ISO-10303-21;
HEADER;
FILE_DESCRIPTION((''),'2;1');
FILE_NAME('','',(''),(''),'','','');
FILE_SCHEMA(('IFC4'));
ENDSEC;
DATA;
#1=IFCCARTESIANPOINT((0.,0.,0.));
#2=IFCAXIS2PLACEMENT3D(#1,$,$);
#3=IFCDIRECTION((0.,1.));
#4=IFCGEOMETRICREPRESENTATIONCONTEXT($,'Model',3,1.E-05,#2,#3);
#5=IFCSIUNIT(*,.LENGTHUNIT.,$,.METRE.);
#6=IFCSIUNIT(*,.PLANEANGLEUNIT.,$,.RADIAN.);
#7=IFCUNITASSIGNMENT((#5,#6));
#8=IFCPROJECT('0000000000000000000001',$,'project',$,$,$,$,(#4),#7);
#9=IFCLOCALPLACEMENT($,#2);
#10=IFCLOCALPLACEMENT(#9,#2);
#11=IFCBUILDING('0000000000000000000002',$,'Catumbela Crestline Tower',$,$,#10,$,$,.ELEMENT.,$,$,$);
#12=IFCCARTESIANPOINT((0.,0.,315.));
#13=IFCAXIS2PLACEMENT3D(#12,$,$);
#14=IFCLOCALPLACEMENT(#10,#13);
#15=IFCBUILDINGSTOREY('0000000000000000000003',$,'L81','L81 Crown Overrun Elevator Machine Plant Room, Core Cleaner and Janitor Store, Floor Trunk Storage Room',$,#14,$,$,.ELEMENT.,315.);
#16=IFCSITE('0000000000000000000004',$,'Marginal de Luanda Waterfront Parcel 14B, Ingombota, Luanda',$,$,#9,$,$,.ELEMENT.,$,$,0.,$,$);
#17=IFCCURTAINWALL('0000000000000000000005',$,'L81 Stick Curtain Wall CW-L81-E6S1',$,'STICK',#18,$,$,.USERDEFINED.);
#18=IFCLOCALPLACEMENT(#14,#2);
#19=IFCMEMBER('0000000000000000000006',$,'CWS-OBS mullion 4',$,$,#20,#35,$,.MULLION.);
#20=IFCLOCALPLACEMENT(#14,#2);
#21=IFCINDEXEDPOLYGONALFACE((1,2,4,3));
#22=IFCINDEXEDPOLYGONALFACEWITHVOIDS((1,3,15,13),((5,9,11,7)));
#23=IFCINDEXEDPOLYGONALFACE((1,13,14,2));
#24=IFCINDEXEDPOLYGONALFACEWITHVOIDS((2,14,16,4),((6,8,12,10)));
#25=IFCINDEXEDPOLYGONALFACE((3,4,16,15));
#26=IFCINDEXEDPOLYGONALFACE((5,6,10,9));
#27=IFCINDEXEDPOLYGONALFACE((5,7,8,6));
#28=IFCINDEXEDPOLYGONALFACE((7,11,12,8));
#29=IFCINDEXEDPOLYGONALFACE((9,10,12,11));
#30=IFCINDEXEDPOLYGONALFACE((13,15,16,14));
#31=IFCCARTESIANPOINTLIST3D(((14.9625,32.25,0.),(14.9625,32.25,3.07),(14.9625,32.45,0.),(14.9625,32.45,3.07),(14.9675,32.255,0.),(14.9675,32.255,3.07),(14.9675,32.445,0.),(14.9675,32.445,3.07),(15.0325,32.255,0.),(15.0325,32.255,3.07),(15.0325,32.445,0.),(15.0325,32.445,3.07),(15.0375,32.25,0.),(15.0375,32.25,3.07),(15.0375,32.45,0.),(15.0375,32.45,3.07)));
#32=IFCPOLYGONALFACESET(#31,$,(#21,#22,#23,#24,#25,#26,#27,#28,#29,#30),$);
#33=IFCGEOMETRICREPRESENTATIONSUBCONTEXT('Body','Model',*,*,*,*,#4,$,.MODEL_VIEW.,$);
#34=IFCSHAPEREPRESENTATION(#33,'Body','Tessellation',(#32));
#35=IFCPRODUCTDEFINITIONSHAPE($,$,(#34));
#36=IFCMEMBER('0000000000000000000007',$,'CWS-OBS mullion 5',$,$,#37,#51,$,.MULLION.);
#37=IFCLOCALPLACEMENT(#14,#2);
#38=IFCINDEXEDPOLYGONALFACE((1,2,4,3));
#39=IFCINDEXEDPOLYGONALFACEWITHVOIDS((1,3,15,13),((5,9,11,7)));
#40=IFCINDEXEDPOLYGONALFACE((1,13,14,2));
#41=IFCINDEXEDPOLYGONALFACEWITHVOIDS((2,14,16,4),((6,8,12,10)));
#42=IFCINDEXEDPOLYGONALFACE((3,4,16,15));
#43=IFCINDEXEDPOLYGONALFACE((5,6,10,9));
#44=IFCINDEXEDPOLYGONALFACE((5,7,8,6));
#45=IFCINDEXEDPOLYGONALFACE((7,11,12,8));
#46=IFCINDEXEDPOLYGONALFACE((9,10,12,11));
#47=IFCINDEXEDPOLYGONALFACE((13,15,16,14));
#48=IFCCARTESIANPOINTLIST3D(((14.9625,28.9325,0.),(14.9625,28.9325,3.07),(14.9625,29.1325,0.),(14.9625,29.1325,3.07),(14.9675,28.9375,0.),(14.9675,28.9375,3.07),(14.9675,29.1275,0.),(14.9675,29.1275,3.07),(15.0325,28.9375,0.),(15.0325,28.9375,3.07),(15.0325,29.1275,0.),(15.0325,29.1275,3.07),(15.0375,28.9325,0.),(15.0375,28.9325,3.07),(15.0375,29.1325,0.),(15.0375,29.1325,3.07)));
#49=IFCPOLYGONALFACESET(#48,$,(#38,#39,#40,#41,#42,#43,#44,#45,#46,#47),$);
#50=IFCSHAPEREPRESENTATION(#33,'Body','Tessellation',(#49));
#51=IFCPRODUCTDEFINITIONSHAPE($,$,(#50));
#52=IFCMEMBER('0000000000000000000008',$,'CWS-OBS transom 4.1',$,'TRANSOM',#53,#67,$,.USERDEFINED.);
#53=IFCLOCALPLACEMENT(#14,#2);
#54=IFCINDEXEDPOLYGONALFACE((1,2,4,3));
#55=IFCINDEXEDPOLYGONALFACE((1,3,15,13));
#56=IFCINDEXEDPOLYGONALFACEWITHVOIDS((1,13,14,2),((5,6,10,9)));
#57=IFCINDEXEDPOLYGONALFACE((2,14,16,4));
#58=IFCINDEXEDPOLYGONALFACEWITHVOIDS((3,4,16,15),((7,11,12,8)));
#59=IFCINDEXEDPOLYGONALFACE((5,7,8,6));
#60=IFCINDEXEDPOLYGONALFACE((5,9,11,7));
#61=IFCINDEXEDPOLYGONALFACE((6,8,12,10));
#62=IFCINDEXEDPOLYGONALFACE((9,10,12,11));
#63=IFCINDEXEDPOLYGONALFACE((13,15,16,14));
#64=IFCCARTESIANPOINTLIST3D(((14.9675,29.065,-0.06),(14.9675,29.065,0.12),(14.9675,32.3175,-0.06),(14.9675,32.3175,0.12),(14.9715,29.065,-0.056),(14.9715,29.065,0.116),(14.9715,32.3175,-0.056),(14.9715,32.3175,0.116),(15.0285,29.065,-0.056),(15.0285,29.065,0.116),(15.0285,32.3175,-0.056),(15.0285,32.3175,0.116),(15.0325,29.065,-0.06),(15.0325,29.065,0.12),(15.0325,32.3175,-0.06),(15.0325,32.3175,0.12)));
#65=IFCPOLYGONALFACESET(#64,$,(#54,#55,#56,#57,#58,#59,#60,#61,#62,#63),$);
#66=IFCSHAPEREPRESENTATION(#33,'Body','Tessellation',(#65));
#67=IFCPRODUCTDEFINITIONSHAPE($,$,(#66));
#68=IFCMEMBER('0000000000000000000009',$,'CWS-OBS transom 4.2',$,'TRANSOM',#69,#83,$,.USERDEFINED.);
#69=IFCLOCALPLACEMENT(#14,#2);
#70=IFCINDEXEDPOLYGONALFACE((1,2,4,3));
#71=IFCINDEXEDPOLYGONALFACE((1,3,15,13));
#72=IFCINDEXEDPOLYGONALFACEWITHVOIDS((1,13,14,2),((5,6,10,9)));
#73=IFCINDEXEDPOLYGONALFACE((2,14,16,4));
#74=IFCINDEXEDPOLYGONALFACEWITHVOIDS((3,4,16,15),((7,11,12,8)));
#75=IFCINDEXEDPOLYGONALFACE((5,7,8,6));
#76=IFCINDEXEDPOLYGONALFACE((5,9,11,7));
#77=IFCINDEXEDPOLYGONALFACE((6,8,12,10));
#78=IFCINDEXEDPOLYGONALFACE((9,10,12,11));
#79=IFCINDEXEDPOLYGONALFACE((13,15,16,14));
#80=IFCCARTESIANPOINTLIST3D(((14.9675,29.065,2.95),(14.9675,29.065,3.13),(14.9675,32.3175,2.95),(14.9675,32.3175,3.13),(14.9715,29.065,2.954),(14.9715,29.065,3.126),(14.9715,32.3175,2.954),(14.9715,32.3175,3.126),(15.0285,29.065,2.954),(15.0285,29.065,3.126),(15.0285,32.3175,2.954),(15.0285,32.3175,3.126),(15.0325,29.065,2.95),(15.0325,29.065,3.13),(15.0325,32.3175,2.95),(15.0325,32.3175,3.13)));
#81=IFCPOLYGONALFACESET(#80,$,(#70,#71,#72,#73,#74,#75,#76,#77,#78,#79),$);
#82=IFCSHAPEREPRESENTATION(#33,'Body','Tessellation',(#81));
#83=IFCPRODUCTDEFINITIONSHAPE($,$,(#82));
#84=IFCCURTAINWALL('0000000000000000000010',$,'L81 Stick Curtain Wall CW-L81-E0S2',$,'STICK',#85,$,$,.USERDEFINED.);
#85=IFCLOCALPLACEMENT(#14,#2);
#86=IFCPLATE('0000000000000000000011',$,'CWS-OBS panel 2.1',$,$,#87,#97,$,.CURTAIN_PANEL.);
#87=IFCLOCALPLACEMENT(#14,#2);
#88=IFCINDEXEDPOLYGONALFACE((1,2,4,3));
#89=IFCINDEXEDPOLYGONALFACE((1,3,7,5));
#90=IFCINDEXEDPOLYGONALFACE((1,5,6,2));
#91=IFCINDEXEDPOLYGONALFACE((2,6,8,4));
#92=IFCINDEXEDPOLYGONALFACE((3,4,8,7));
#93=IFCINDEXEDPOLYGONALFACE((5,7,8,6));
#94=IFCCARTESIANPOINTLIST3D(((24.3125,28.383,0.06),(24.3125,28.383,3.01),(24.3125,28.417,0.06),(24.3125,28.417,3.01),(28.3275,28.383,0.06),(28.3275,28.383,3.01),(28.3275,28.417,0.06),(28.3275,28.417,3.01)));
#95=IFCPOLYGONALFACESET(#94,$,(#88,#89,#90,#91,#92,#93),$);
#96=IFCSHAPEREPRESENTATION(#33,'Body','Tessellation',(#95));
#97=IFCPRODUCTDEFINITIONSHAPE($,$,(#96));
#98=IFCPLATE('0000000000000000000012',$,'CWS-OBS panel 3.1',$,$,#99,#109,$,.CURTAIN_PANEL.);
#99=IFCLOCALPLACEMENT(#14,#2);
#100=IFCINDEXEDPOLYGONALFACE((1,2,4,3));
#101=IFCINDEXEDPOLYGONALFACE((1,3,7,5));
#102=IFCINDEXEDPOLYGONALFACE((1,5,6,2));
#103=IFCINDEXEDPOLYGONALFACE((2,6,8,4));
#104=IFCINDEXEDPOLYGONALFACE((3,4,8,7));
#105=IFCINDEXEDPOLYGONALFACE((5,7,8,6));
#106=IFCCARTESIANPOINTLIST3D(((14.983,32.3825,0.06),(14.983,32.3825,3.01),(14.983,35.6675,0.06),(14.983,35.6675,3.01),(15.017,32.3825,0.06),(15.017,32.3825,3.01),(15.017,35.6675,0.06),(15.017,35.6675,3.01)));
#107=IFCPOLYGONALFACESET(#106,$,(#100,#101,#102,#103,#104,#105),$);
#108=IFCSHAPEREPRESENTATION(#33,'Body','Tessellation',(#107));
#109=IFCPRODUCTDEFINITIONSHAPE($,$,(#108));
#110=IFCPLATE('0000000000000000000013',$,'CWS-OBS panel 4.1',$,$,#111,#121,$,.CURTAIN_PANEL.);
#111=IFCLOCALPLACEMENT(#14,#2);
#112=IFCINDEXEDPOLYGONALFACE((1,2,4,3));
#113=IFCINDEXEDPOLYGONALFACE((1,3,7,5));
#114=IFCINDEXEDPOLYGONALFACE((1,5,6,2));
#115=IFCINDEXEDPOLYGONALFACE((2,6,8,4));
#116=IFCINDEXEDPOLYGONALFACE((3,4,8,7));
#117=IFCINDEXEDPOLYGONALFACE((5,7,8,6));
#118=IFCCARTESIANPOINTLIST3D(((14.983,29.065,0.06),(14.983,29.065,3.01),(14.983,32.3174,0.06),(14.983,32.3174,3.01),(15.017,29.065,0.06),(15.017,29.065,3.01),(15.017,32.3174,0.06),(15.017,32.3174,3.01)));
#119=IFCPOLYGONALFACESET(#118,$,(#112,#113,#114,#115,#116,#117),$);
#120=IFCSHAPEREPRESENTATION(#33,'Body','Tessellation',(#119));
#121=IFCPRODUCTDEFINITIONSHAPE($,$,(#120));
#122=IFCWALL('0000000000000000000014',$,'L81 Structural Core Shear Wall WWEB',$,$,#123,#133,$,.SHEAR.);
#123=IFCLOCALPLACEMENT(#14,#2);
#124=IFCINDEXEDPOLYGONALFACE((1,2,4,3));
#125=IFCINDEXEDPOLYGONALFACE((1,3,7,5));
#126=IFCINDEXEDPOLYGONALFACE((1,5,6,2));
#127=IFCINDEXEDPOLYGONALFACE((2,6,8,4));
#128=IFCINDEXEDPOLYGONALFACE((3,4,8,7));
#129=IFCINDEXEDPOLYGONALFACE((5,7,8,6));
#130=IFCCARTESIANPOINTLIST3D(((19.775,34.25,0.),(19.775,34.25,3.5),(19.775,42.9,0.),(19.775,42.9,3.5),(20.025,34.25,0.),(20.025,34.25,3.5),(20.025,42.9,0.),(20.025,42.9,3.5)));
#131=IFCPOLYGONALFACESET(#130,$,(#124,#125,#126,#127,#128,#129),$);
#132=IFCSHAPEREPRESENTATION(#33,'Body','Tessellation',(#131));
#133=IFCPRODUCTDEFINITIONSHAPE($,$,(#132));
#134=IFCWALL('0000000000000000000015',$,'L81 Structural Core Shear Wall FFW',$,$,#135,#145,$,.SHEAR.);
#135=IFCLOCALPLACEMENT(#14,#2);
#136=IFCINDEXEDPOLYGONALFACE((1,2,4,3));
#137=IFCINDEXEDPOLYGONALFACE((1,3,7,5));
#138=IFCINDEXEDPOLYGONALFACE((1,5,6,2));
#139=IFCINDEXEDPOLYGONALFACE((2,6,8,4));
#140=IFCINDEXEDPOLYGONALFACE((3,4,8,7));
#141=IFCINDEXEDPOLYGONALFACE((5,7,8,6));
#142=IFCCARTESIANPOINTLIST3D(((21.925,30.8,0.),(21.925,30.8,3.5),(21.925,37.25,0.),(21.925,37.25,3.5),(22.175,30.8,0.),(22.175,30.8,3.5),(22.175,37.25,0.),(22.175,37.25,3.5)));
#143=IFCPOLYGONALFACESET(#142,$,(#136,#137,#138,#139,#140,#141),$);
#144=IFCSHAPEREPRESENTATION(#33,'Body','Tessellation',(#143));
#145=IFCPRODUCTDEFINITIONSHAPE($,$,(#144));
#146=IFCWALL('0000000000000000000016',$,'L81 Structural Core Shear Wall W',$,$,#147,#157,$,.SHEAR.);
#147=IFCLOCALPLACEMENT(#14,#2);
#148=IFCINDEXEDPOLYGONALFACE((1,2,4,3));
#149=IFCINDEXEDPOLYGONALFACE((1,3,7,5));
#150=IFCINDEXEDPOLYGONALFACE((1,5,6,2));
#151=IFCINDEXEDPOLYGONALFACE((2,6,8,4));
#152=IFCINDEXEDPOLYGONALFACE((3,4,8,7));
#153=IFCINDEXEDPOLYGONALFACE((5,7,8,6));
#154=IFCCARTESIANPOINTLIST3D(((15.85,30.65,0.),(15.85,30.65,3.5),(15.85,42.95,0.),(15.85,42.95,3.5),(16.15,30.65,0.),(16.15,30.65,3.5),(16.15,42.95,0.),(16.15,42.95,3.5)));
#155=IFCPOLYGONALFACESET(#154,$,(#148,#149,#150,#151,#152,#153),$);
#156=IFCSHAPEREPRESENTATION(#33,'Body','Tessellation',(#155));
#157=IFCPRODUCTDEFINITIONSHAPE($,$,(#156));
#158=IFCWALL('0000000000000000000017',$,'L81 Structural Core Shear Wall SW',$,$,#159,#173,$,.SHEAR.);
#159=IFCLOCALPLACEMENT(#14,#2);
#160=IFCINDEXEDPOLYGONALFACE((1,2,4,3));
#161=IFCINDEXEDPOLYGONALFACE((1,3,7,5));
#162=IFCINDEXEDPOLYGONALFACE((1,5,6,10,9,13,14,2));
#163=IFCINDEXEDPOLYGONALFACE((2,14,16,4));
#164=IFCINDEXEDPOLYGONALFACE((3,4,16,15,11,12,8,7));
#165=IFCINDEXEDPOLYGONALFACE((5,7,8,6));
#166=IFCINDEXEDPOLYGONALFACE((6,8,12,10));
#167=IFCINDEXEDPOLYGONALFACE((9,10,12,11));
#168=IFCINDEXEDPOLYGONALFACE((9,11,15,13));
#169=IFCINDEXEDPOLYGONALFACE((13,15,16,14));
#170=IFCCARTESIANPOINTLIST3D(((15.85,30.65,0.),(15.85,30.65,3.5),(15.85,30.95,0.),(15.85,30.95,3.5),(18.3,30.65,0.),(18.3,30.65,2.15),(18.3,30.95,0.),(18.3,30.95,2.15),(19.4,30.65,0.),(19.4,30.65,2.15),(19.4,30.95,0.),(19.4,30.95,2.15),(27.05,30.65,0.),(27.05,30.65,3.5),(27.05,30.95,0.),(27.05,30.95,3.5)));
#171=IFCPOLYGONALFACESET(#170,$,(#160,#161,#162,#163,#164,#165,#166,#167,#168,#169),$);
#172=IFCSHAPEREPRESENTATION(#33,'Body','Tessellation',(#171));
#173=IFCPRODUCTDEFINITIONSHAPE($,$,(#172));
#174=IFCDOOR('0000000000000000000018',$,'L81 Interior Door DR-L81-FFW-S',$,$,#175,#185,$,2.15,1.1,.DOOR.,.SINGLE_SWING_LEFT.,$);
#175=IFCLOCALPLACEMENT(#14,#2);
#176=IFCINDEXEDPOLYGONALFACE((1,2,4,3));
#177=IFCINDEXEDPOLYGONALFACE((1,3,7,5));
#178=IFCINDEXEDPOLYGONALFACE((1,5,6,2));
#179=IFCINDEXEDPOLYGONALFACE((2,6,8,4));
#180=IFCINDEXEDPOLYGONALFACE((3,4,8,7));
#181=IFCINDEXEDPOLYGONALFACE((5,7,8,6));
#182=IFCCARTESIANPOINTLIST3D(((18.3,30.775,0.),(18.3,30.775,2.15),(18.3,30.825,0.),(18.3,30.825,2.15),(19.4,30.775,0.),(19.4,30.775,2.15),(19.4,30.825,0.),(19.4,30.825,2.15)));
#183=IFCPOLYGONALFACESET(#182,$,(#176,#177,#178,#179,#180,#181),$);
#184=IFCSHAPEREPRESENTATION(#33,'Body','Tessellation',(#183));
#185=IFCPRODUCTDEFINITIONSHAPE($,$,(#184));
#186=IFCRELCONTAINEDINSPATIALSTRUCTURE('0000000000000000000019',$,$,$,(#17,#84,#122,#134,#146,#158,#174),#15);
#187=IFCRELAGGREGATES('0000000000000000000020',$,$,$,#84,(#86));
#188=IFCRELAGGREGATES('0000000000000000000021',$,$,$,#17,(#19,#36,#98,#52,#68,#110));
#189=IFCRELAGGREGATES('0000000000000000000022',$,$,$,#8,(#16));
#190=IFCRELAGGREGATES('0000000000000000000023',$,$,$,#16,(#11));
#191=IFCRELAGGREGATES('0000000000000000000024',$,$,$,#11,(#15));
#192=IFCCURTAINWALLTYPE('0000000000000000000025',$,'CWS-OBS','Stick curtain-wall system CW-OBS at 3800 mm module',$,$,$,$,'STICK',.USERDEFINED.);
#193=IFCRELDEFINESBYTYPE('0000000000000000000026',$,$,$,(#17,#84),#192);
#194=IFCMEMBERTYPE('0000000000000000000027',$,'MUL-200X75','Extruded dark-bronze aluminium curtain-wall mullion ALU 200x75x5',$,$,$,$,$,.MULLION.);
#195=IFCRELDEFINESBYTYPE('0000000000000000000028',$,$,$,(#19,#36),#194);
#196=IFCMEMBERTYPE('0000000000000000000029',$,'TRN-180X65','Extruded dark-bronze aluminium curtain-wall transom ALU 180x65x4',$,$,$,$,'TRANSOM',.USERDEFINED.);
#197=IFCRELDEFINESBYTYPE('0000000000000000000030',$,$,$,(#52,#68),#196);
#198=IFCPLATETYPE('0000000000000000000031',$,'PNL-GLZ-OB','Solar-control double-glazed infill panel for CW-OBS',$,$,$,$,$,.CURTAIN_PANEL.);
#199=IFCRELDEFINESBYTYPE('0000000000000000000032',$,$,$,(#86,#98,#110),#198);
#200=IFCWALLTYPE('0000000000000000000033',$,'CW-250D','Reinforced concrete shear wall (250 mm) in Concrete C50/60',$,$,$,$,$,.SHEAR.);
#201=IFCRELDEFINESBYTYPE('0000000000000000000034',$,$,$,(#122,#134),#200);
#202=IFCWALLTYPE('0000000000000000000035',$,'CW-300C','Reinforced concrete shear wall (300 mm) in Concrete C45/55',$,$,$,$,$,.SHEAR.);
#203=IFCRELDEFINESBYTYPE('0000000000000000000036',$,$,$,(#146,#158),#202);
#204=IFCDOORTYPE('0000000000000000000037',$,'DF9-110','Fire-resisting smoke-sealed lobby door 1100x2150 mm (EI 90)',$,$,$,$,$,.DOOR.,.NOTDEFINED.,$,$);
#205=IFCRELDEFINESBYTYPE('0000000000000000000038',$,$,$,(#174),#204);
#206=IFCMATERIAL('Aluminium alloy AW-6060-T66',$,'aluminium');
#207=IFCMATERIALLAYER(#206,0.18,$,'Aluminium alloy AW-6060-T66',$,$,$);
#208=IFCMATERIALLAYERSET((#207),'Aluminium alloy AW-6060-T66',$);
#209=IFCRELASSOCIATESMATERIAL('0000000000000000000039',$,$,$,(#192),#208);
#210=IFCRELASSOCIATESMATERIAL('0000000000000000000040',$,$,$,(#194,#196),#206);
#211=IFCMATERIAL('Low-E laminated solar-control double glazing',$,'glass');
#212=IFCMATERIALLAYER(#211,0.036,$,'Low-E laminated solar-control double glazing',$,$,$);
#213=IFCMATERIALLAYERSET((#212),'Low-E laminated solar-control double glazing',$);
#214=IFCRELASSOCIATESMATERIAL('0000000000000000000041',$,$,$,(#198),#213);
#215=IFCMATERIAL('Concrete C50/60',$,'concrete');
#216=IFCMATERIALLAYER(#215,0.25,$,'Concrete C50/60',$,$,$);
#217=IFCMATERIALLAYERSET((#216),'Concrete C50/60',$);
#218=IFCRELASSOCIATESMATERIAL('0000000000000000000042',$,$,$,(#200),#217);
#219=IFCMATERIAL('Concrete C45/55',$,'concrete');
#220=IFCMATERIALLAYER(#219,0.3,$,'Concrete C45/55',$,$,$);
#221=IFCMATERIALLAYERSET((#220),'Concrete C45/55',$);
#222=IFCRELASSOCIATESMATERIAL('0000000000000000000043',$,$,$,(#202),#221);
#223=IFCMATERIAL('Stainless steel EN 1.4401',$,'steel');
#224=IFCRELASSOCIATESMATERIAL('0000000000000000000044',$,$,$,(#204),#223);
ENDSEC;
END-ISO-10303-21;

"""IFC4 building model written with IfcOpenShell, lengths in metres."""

from ifc_helpers import new_model, si_unit, direction, frame, frame_2d, origin, origin_2d, place, context, subcontext, project, spatial, rectangle, hollow_rectangle, extrude, material, layer, layer_set, material_profile, profile_set, type_object, element, fill, aggregate, save


model = new_model("IFC4")

# Units and contexts
model_context = context("Model", 3, precision=1e-05, world=origin(), true_north=direction((0.0, 1.0)))
body_context = subcontext(model_context, "Body", "Model", "MODEL_VIEW")
ifc_project = project(units=[si_unit("LENGTHUNIT", "METRE"), si_unit("PLANEANGLEUNIT", "RADIAN")], contexts=[model_context])

# Site, building, storey
site_placement = place(None, origin())
site = spatial("IfcSite", under=ifc_project, at=site_placement, Name="Marginal de Luanda Waterfront Parcel 14B, Ingombota, Luanda", CompositionType="ELEMENT", RefElevation=0.0)
building_placement = place(site_placement, origin())
building = spatial("IfcBuilding", under=site, at=building_placement, Name="Catumbela Crestline Tower", CompositionType="ELEMENT")
storey_placement = place(building_placement, frame((0.0, 0.0, 315.0)))
storey = spatial("IfcBuildingStorey", under=building, at=storey_placement, Name="L81", Description="L81 Crown Overrun Elevator Machine Plant Room, Core Cleaner and Janitor Store, Floor Trunk Storage Room", CompositionType="ELEMENT", Elevation=315.0)

# Curtain wall, members
ifc_material_1 = material(Name="Aluminium alloy AW-6060-T66", Category="aluminium")
ifc_layer_1 = layer(ifc_material_1, 0.18, Name="Aluminium alloy AW-6060-T66")
ifc_layer_set_1 = layer_set([ifc_layer_1], Name="Aluminium alloy AW-6060-T66")
curtain_wall_type = type_object("IfcCurtainWallType", Name="CWS-OBS", Description="Stick curtain-wall system CW-OBS at 3800 mm module", ElementType="STICK", PredefinedType="USERDEFINED", material=ifc_layer_set_1)
curtain_wall_1_placement = place(storey_placement, origin())
curtain_wall_1 = element("IfcCurtainWall", 1, at=curtain_wall_1_placement, inside=storey, type_object=curtain_wall_type, Name="L81 Stick Curtain Wall CW-L81-E6S1", ObjectType="STICK", PredefinedType="USERDEFINED")
ifc_material_profile_1 = material_profile(ifc_material_1, hollow_rectangle(XDim=0.075, YDim=0.2, WallThickness=0.005, at=origin_2d()), Name="ALU 200x75x5")
ifc_profile_set_1 = profile_set([ifc_material_profile_1], Name="Aluminium alloy AW-6060-T66")
member_type_1 = type_object("IfcMemberType", Name="MUL-200X75", Description="Extruded dark-bronze aluminium curtain-wall mullion ALU 200x75x5", PredefinedType="MULLION", material=ifc_profile_set_1)
member_1_placement = place(storey_placement, frame((15.0, 32.35, 0.0), z_axis=(0.0, 0.0, 1.0), x_axis=(1.0, 0.0, 0.0)))
member_1 = element("IfcMember", 2, at=member_1_placement, type_object=member_type_1, Name="CWS-OBS mullion 4", PredefinedType="MULLION", context=body_context, shape_type="SweptSolid", body=[
    extrude(hollow_rectangle(XDim=0.075, YDim=0.2, WallThickness=0.005, at=origin_2d()), origin(), (0.0, 0.0, 1.0), 3.07),
])
member_2_placement = place(storey_placement, frame((15.0, 29.0325, 0.0), z_axis=(0.0, 0.0, 1.0), x_axis=(1.0, 0.0, 0.0)))
member_2 = element("IfcMember", 3, at=member_2_placement, type_object=member_type_1, Name="CWS-OBS mullion 5", PredefinedType="MULLION", context=body_context, shape_type="SweptSolid", body=[
    extrude(hollow_rectangle(XDim=0.075, YDim=0.2, WallThickness=0.005, at=origin_2d()), origin(), (0.0, 0.0, 1.0), 3.07),
])
ifc_material_profile_2 = material_profile(ifc_material_1, hollow_rectangle(XDim=0.065, YDim=0.18, WallThickness=0.004, at=origin_2d()), Name="ALU 180x65x4")
ifc_profile_set_2 = profile_set([ifc_material_profile_2], Name="Aluminium alloy AW-6060-T66")
member_type_2 = type_object("IfcMemberType", Name="TRN-180X65", Description="Extruded dark-bronze aluminium curtain-wall transom ALU 180x65x4", ElementType="TRANSOM", PredefinedType="USERDEFINED", material=ifc_profile_set_2)
member_3_placement = place(storey_placement, frame((15.0, 32.3175, 0.03), z_axis=(0.0, -1.0, 0.0), x_axis=(1.0, 0.0, 0.0)))
member_3 = element("IfcMember", 4, at=member_3_placement, type_object=member_type_2, Name="CWS-OBS transom 4.1", ObjectType="TRANSOM", PredefinedType="USERDEFINED", context=body_context, shape_type="SweptSolid", body=[
    extrude(hollow_rectangle(XDim=0.065, YDim=0.18, WallThickness=0.004, at=origin_2d()), origin(), (0.0, 0.0, 1.0), 3.2525),
])
member_4_placement = place(storey_placement, frame((15.0, 32.3175, 3.04), z_axis=(0.0, -1.0, 0.0), x_axis=(1.0, 0.0, 0.0)))
member_4 = element("IfcMember", 5, at=member_4_placement, type_object=member_type_2, Name="CWS-OBS transom 4.2", ObjectType="TRANSOM", PredefinedType="USERDEFINED", context=body_context, shape_type="SweptSolid", body=[
    extrude(hollow_rectangle(XDim=0.065, YDim=0.18, WallThickness=0.004, at=origin_2d()), origin(), (0.0, 0.0, 1.0), 3.2525),
])

# Curtain wall, plate
curtain_wall_2_placement = place(storey_placement, origin())
curtain_wall_2 = element("IfcCurtainWall", 6, at=curtain_wall_2_placement, inside=storey, type_object=curtain_wall_type, Name="L81 Stick Curtain Wall CW-L81-E0S2", ObjectType="STICK", PredefinedType="USERDEFINED")
ifc_material_2 = material(Name="Low-E laminated solar-control double glazing", Category="glass")
ifc_layer_2 = layer(ifc_material_2, 0.036, Name="Low-E laminated solar-control double glazing")
ifc_layer_set_2 = layer_set([ifc_layer_2], Name="Low-E laminated solar-control double glazing")
plate_type = type_object("IfcPlateType", Name="PNL-GLZ-OB", Description="Solar-control double-glazed infill panel for CW-OBS", PredefinedType="CURTAIN_PANEL", material=ifc_layer_set_2)
plate_1_placement = place(storey_placement, frame((26.32, 28.4, 0.06), z_axis=(0.0, 0.0, 1.0), x_axis=(1.0, 0.0, 0.0)))
plate_1 = element("IfcPlate", 7, at=plate_1_placement, type_object=plate_type, Name="CWS-OBS panel 2.1", PredefinedType="CURTAIN_PANEL", context=body_context, shape_type="SweptSolid", body=[
    extrude(rectangle(XDim=4.015, YDim=0.034, at=origin_2d()), origin(), (0.0, 0.0, 1.0), 2.95),
])
aggregate(curtain_wall_2, [plate_1])

# Plates
plate_2_placement = place(storey_placement, frame((15.0, 34.025, 0.06), z_axis=(0.0, 0.0, 1.0), x_axis=(0.0, -1.0, 0.0)))
plate_2 = element("IfcPlate", 8, at=plate_2_placement, type_object=plate_type, Name="CWS-OBS panel 3.1", PredefinedType="CURTAIN_PANEL", context=body_context, shape_type="SweptSolid", body=[
    extrude(rectangle(XDim=3.285, YDim=0.034, at=origin_2d()), origin(), (0.0, 0.0, 1.0), 2.95),
])
plate_3_placement = place(storey_placement, frame((15.0, 30.6912, 0.06), z_axis=(0.0, 0.0, 1.0), x_axis=(0.0, -1.0, 0.0)))
plate_3 = element("IfcPlate", 9, at=plate_3_placement, type_object=plate_type, Name="CWS-OBS panel 4.1", PredefinedType="CURTAIN_PANEL", context=body_context, shape_type="SweptSolid", body=[
    extrude(rectangle(XDim=3.2525, YDim=0.034, at=origin_2d()), origin(), (0.0, 0.0, 1.0), 2.95),
])
aggregate(curtain_wall_1, [member_1, member_2, plate_2, member_3, member_4, plate_3])

# Walls
ifc_material_3 = material(Name="Concrete C50/60", Category="concrete")
ifc_layer_3 = layer(ifc_material_3, 0.25, Name="Concrete C50/60")
ifc_layer_set_3 = layer_set([ifc_layer_3], Name="Concrete C50/60")
wall_type_1 = type_object("IfcWallType", Name="CW-250D", Description="Reinforced concrete shear wall (250 mm) in Concrete C50/60", PredefinedType="SHEAR", material=ifc_layer_set_3)
wall_1_placement = place(storey_placement, frame((19.9, 34.25, 0.0), z_axis=(0.0, 0.0, 1.0), x_axis=(0.0, 1.0, 0.0)))
element("IfcWall", 10, at=wall_1_placement, inside=storey, type_object=wall_type_1, Name="L81 Structural Core Shear Wall WWEB", PredefinedType="SHEAR", context=body_context, shape_type="SweptSolid", body=[
    extrude(rectangle(XDim=8.65, YDim=0.25, at=frame_2d((4.325, 0.0))), origin(), (0.0, 0.0, 1.0), 3.5),
])
wall_2_placement = place(storey_placement, frame((22.05, 30.8, 0.0), z_axis=(0.0, 0.0, 1.0), x_axis=(0.0, 1.0, 0.0)))
element("IfcWall", 11, at=wall_2_placement, inside=storey, type_object=wall_type_1, Name="L81 Structural Core Shear Wall FFW", PredefinedType="SHEAR", context=body_context, shape_type="SweptSolid", body=[
    extrude(rectangle(XDim=6.45, YDim=0.25, at=frame_2d((3.225, 0.0))), origin(), (0.0, 0.0, 1.0), 3.5),
])
ifc_material_4 = material(Name="Concrete C45/55", Category="concrete")
ifc_layer_4 = layer(ifc_material_4, 0.3, Name="Concrete C45/55")
ifc_layer_set_4 = layer_set([ifc_layer_4], Name="Concrete C45/55")
wall_type_2 = type_object("IfcWallType", Name="CW-300C", Description="Reinforced concrete shear wall (300 mm) in Concrete C45/55", PredefinedType="SHEAR", material=ifc_layer_set_4)
wall_3_placement = place(storey_placement, frame((16.0, 30.65, 0.0), z_axis=(0.0, 0.0, 1.0), x_axis=(0.0, 1.0, 0.0)))
element("IfcWall", 12, at=wall_3_placement, inside=storey, type_object=wall_type_2, Name="L81 Structural Core Shear Wall W", PredefinedType="SHEAR", context=body_context, shape_type="SweptSolid", body=[
    extrude(rectangle(XDim=12.3, YDim=0.3, at=frame_2d((6.15, 0.0))), origin(), (0.0, 0.0, 1.0), 3.5),
])

# Wall, opening, door
wall_4_placement = place(storey_placement, frame((15.85, 30.8, 0.0), z_axis=(0.0, 0.0, 1.0), x_axis=(1.0, 0.0, 0.0)))
wall_4 = element("IfcWall", 13, at=wall_4_placement, inside=storey, type_object=wall_type_2, Name="L81 Structural Core Shear Wall SW", PredefinedType="SHEAR", context=body_context, shape_type="SweptSolid", body=[
    extrude(rectangle(XDim=11.2, YDim=0.3, at=frame_2d((5.6, 0.0))), origin(), (0.0, 0.0, 1.0), 3.5),
])
opening_1_placement = place(wall_4_placement, frame((2.45, 0.0, 0.0)))
opening_1 = element("IfcOpeningElement", 14, at=opening_1_placement, cuts=wall_4, PredefinedType="OPENING", context=body_context, shape_type="SweptSolid", body=[
    extrude(rectangle(XDim=1.1, YDim=2.15, at=frame_2d((0.55, 1.075))), frame((0.0, 0.16, 0.0), z_axis=(0.0, -1.0, 0.0), x_axis=(1.0, 0.0, 0.0)), (0.0, 0.0, 1.0), 0.32),
])
ifc_material_5 = material(Name="Stainless steel EN 1.4401", Category="steel")
door_type = type_object("IfcDoorType", Name="DF9-110", Description="Fire-resisting smoke-sealed lobby door 1100x2150 mm (EI 90)", OperationType="NOTDEFINED", PredefinedType="DOOR", material=ifc_material_5)
door_1_placement = place(opening_1_placement, origin())
door_1 = element("IfcDoor", 15, at=door_1_placement, inside=storey, type_object=door_type, Name="L81 Interior Door DR-L81-FFW-S", OperationType="SINGLE_SWING_LEFT", OverallHeight=2.15, OverallWidth=1.1, PredefinedType="DOOR", context=body_context, shape_type="SweptSolid", body=[
    extrude(rectangle(XDim=1.1, YDim=2.15, at=frame_2d((0.55, 1.075))), frame((0.0, 0.025, 0.0), z_axis=(0.0, -1.0, 0.0), x_axis=(1.0, 0.0, 0.0)), (0.0, 0.0, 1.0), 0.05),
])
fill(opening_1, door_1)

save(model, "model.ifc")
